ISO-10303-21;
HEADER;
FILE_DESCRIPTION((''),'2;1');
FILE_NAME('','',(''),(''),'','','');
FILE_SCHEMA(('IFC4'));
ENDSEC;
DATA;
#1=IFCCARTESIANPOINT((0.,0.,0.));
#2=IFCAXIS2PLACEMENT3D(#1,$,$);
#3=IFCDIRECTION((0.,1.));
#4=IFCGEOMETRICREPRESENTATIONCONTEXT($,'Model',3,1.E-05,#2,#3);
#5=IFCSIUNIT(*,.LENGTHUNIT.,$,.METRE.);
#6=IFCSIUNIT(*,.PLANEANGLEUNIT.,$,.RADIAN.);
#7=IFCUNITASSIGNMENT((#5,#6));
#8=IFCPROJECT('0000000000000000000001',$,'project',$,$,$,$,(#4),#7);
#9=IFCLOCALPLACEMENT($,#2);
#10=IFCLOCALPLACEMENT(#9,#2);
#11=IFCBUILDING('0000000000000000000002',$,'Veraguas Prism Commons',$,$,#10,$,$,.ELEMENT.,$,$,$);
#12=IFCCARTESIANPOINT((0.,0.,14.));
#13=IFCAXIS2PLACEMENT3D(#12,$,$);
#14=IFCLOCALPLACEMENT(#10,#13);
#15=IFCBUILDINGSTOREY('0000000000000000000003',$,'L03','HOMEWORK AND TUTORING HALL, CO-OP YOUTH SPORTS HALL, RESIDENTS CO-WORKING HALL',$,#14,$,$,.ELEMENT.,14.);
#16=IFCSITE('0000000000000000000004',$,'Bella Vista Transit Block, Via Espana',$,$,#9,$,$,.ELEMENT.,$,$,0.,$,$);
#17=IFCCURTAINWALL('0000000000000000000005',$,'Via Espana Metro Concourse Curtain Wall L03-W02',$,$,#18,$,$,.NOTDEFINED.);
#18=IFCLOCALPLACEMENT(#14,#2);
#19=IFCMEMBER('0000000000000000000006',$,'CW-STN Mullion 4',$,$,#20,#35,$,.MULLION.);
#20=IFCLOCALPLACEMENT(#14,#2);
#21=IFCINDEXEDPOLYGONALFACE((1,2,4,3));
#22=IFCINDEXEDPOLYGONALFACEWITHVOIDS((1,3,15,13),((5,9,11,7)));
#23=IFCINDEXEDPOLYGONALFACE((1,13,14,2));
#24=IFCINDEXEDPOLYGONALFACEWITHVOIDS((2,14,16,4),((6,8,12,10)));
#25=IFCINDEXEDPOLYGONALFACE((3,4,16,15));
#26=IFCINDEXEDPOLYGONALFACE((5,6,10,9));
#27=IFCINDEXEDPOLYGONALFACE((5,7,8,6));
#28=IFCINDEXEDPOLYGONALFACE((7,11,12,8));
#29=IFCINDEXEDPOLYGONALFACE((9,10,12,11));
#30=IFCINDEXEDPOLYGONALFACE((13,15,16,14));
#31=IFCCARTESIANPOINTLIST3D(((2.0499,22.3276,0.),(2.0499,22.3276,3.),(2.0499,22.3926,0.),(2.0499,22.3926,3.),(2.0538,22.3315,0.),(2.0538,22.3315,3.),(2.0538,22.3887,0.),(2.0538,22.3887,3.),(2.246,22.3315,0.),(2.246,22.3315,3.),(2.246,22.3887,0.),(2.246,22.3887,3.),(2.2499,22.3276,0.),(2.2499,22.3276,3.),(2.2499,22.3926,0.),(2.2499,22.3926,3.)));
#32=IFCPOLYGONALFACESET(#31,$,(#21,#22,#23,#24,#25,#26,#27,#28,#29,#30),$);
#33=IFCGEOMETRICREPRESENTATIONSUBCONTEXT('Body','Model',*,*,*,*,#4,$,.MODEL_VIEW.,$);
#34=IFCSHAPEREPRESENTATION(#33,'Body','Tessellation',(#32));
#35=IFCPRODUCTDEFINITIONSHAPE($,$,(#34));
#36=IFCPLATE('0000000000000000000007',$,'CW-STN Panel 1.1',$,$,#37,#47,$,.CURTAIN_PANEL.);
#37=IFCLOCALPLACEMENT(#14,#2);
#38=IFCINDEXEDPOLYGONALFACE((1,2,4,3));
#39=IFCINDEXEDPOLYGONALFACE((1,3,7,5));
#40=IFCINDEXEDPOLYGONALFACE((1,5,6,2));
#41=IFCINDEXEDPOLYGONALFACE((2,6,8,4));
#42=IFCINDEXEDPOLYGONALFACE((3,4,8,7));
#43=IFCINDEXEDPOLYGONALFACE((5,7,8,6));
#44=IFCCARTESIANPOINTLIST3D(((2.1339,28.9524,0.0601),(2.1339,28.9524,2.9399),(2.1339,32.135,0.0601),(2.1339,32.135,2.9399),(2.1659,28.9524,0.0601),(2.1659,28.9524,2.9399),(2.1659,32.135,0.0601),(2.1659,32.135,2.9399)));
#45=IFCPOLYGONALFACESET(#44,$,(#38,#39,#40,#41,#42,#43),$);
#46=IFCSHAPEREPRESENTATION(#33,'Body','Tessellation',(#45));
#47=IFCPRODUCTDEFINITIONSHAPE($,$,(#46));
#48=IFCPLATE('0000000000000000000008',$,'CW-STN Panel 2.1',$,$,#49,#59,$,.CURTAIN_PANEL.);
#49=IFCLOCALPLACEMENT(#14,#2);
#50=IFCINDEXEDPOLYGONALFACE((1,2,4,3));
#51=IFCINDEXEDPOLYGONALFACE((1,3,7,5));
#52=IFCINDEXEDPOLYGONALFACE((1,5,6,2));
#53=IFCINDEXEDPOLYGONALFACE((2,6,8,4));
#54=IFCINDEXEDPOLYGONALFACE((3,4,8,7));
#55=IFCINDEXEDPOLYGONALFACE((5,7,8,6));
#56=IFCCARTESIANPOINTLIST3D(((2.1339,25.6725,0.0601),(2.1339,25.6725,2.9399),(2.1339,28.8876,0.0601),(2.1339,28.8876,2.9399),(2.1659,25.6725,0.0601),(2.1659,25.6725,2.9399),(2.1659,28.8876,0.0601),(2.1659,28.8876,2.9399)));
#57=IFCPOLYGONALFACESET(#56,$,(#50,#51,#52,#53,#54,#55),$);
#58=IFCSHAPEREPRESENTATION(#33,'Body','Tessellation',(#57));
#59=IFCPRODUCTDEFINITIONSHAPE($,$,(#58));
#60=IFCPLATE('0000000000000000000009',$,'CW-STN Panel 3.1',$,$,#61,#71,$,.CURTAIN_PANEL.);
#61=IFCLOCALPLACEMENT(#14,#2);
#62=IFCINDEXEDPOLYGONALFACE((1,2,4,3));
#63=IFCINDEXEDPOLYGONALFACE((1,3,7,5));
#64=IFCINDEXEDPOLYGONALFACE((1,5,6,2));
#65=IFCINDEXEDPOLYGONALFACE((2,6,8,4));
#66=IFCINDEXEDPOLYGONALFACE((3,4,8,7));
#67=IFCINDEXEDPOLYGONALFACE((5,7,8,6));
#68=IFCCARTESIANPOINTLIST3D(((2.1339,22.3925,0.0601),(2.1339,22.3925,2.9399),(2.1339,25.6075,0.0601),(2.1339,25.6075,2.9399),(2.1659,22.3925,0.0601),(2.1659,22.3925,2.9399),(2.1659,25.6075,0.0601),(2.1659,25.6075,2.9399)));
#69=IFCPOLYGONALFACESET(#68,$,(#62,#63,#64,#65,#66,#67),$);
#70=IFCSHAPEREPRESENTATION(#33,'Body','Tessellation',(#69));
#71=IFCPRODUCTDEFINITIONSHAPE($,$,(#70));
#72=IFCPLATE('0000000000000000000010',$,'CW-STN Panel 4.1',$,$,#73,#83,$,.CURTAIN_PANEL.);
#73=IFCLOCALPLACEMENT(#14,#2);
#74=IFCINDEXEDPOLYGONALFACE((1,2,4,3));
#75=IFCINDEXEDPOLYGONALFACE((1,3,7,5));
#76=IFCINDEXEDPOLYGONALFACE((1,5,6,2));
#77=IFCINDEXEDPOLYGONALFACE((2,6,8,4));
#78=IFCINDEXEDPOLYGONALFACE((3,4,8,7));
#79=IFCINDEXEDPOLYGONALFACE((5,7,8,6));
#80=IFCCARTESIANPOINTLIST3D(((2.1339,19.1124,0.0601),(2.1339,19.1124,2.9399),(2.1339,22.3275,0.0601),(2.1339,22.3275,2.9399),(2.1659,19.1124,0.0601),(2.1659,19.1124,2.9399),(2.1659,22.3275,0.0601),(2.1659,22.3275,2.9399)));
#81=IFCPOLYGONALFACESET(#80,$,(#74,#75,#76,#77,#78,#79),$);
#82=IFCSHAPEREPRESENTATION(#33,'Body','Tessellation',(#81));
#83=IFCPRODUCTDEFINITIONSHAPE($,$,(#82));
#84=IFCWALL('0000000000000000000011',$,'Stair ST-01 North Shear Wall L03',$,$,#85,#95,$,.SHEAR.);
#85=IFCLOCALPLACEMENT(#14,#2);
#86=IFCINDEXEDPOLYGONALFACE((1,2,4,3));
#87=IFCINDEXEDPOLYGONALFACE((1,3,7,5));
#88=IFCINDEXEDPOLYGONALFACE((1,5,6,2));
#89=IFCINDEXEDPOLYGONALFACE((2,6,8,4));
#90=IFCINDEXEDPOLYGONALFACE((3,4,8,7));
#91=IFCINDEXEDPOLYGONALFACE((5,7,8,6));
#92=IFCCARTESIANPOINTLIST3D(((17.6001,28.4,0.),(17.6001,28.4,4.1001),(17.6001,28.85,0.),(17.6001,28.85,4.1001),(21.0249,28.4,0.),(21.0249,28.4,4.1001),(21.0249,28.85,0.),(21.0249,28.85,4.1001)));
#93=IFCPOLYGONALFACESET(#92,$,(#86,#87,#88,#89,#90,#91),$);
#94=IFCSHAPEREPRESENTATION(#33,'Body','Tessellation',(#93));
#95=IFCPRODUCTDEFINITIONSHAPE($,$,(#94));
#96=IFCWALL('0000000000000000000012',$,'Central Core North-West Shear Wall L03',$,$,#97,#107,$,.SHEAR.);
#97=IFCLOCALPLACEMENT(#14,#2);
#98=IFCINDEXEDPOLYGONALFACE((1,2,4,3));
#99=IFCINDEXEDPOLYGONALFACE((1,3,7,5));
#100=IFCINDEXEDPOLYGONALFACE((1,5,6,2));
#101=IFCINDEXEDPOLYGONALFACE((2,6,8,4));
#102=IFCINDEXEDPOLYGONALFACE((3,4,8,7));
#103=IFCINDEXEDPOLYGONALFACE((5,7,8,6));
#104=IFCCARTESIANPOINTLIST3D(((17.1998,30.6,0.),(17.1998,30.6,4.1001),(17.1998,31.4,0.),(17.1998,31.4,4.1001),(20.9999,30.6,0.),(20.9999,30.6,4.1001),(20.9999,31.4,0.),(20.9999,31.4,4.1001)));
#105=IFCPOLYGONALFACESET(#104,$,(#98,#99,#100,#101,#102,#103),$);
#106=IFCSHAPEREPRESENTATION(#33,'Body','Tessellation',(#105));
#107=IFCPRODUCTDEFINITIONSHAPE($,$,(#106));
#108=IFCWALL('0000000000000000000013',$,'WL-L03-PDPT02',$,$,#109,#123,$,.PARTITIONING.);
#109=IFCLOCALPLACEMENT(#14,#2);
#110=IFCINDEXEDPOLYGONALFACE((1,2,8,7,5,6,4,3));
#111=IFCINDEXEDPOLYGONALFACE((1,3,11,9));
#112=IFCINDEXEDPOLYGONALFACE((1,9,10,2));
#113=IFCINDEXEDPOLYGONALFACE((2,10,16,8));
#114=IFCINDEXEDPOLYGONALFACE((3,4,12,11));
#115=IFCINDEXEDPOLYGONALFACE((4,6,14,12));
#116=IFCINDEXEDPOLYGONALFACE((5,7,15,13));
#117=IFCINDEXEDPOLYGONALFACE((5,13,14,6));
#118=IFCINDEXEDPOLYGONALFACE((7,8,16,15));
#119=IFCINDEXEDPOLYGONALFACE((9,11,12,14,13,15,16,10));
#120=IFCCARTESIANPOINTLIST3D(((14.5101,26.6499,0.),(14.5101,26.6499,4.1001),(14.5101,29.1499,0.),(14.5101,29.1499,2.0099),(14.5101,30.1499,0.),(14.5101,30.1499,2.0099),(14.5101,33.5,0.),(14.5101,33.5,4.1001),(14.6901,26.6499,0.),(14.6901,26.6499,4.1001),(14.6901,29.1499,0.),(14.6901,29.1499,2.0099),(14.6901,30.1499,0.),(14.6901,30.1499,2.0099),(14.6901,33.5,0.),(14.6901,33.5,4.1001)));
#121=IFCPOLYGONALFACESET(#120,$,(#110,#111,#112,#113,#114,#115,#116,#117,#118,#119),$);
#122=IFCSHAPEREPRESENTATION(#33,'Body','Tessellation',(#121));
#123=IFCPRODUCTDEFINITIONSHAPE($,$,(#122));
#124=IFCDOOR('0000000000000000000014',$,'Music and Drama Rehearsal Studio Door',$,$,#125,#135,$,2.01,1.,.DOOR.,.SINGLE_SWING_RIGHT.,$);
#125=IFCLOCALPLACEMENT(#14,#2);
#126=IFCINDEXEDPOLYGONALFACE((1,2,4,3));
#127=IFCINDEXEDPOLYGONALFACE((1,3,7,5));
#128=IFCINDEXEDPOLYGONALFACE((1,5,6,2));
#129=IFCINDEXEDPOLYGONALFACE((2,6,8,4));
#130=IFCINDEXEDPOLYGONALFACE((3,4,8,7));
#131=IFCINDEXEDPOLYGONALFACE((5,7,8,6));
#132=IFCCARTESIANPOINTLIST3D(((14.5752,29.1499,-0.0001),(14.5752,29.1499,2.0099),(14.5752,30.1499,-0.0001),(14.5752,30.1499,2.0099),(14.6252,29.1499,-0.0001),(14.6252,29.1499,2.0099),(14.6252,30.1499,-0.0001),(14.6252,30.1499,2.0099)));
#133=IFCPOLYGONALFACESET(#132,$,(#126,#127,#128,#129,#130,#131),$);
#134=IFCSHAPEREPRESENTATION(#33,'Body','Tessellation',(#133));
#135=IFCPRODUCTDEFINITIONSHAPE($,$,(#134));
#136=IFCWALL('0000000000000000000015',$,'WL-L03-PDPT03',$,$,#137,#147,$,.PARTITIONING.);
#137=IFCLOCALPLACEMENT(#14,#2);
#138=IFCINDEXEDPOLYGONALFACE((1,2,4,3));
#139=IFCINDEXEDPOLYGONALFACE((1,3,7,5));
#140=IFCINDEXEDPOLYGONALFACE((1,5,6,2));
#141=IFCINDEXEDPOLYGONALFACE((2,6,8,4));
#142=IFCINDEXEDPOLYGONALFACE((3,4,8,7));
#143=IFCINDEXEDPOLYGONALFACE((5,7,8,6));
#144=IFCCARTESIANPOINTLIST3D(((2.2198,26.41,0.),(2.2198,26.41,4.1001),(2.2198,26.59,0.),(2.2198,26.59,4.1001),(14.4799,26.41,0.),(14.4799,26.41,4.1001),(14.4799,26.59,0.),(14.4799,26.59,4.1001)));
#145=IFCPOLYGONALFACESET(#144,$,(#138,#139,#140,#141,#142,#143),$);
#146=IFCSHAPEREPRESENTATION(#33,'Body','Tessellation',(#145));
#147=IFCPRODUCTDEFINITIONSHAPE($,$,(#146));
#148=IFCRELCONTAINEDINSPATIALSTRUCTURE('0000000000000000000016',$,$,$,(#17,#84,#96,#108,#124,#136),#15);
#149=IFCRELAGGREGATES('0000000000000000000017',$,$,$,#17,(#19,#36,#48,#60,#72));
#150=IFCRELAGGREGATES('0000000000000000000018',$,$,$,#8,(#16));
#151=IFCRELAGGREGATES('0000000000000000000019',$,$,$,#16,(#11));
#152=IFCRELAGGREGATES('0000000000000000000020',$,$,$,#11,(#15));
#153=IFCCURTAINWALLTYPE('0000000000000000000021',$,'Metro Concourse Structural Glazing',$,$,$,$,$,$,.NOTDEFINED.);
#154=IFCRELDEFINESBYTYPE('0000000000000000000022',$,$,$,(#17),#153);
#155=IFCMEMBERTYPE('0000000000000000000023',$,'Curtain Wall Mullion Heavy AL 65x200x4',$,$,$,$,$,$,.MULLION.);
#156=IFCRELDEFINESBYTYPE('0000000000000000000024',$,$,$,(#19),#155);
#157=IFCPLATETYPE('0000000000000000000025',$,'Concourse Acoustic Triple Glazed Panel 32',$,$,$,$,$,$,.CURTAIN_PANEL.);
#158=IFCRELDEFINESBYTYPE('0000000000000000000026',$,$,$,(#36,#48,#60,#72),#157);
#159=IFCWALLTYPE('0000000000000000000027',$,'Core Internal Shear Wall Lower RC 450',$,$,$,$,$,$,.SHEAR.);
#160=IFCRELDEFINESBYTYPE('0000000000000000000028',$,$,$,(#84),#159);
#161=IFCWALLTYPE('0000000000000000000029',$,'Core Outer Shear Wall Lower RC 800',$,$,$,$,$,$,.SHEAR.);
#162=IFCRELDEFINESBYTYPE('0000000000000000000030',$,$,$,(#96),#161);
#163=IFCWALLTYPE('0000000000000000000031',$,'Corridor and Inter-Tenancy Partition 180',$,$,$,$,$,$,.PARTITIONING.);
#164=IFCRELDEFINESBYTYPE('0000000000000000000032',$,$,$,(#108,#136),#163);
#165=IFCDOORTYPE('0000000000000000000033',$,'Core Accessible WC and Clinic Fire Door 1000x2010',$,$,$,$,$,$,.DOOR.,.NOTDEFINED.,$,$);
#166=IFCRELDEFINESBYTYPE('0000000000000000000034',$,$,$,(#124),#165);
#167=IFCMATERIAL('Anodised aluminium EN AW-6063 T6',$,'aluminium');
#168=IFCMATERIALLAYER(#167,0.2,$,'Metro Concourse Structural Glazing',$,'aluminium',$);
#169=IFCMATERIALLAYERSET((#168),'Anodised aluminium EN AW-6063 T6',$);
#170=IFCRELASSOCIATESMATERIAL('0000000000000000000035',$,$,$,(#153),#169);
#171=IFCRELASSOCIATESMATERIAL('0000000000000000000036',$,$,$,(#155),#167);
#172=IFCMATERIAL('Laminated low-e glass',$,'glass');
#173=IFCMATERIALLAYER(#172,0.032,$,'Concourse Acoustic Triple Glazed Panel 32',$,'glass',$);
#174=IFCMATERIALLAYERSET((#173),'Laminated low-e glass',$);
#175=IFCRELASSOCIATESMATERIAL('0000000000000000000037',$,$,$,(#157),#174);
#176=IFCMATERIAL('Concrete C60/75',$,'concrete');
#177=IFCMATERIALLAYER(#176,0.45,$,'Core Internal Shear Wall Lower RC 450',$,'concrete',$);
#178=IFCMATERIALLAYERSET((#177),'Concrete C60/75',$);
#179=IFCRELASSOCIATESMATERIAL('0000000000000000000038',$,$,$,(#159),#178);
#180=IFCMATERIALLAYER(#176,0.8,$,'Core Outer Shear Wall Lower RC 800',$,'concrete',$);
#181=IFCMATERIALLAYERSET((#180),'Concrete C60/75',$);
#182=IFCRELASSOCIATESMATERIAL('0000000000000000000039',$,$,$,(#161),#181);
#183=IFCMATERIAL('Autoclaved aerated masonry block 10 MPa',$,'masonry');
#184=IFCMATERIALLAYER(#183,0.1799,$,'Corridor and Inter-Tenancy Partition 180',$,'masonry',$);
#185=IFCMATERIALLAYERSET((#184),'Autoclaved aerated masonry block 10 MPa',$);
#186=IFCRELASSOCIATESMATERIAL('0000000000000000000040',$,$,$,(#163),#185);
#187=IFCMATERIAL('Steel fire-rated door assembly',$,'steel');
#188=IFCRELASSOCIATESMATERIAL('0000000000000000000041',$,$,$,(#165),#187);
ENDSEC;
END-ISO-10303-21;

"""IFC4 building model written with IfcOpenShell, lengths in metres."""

from ifc_helpers import new_model, si_unit, direction, frame, frame_2d, origin, origin_2d, place, context, subcontext, project, spatial, rectangle, hollow_rectangle, extrude, source, transform, mapped, material, layer, layer_set, material_profile, profile_set, type_object, element, fill, aggregate, save


model = new_model("IFC4")

# Units and contexts
model_context = context("Model", 3, precision=1e-05, world=origin(), true_north=direction((0.0, 1.0)))
body_context = subcontext(model_context, "Body", "Model", "MODEL_VIEW")
ifc_project = project(units=[si_unit("LENGTHUNIT", "METRE"), si_unit("PLANEANGLEUNIT", "RADIAN")], contexts=[model_context])

# Site, building, storey
site_placement = place(None, origin())
site = spatial("IfcSite", under=ifc_project, at=site_placement, Name="Bella Vista Transit Block, Via Espana", CompositionType="ELEMENT", RefElevation=0.0)
building_placement = place(site_placement, origin())
building = spatial("IfcBuilding", under=site, at=building_placement, Name="Veraguas Prism Commons", CompositionType="ELEMENT")
storey_placement = place(building_placement, frame((0.0, 0.0, 14.0)))
storey = spatial("IfcBuildingStorey", under=building, at=storey_placement, Name="L03", Description="HOMEWORK AND TUTORING HALL, CO-OP YOUTH SPORTS HALL, RESIDENTS CO-WORKING HALL", CompositionType="ELEMENT", Elevation=14.0)

# Shared definitions
ifc_material_1 = material(Name="Concrete C60/75", Category="concrete")

# Curtain wall, member, plates
ifc_material_2 = material(Name="Anodised aluminium EN AW-6063 T6", Category="aluminium")
ifc_layer_1 = layer(ifc_material_2, 0.2, Name="Metro Concourse Structural Glazing", Category="aluminium")
ifc_layer_set_1 = layer_set([ifc_layer_1], Name="Anodised aluminium EN AW-6063 T6")
curtain_wall_type = type_object("IfcCurtainWallType", Name="Metro Concourse Structural Glazing", PredefinedType="NOTDEFINED", material=ifc_layer_set_1)
curtain_wall_placement = place(storey_placement, origin())
curtain_wall = element("IfcCurtainWall", 1, at=curtain_wall_placement, inside=storey, type_object=curtain_wall_type, Name="Via Espana Metro Concourse Curtain Wall L03-W02", PredefinedType="NOTDEFINED")
ifc_material_profile_1 = material_profile(ifc_material_2, hollow_rectangle(XDim=0.0649, YDim=0.2, WallThickness=0.0039, at=origin_2d()), Name="AL65X200X4")
ifc_profile_set_1 = profile_set([ifc_material_profile_1], Name="Anodised aluminium EN AW-6063 T6")
member_type = type_object("IfcMemberType", Name="Curtain Wall Mullion Heavy AL 65x200x4", PredefinedType="MULLION", material=ifc_profile_set_1)
shared_shape_1 = source(origin(), body_context, "Body", "SweptSolid", [
    extrude(hollow_rectangle(XDim=0.0649, YDim=0.2, WallThickness=0.0039, at=origin_2d()), origin(), (0.0, 0.0, 1.0), 3.0),
])
member_1_placement = place(storey_placement, frame((2.1499, 22.3601, 0.0), z_axis=(0.0, 0.0, 1.0), x_axis=(0.0, -1.0, 0.0)))
member_1 = element("IfcMember", 2, at=member_1_placement, type_object=member_type, Name="CW-STN Mullion 4", PredefinedType="MULLION", context=body_context, shape_type="MappedRepresentation", body=[
    mapped(shared_shape_1, transform((0.0, 0.0, 0.0), scale=1.0)),
])
ifc_material_3 = material(Name="Laminated low-e glass", Category="glass")
ifc_layer_2 = layer(ifc_material_3, 0.032, Name="Concourse Acoustic Triple Glazed Panel 32", Category="glass")
ifc_layer_set_2 = layer_set([ifc_layer_2], Name="Laminated low-e glass")
plate_type = type_object("IfcPlateType", Name="Concourse Acoustic Triple Glazed Panel 32", PredefinedType="CURTAIN_PANEL", material=ifc_layer_set_2)
shared_shape_2 = source(origin(), body_context, "Body", "SweptSolid", [
    extrude(rectangle(XDim=3.1826, YDim=0.032, at=origin_2d()), origin(), (0.0, 0.0, 1.0), 2.8799),
])
plate_1_placement = place(storey_placement, frame((2.1499, 30.5437, 0.0601), z_axis=(0.0, 0.0, 1.0), x_axis=(0.0, -1.0, 0.0)))
plate_1 = element("IfcPlate", 3, at=plate_1_placement, type_object=plate_type, Name="CW-STN Panel 1.1", PredefinedType="CURTAIN_PANEL", context=body_context, shape_type="MappedRepresentation", body=[
    mapped(shared_shape_2, transform((0.0, 0.0, 0.0), scale=1.0)),
])
shared_shape_3 = source(origin(), body_context, "Body", "SweptSolid", [
    extrude(rectangle(XDim=3.2151, YDim=0.032, at=origin_2d()), origin(), (0.0, 0.0, 1.0), 2.8799),
])
plate_2_placement = place(storey_placement, frame((2.1499, 27.28, 0.0601), z_axis=(0.0, 0.0, 1.0), x_axis=(0.0, -1.0, 0.0)))
plate_2 = element("IfcPlate", 4, at=plate_2_placement, type_object=plate_type, Name="CW-STN Panel 2.1", PredefinedType="CURTAIN_PANEL", context=body_context, shape_type="MappedRepresentation", body=[
    mapped(shared_shape_3, transform((0.0, 0.0, 0.0), scale=1.0)),
])
plate_3_placement = place(storey_placement, frame((2.1499, 24.0, 0.0601), z_axis=(0.0, 0.0, 1.0), x_axis=(0.0, -1.0, 0.0)))
plate_3 = element("IfcPlate", 5, at=plate_3_placement, type_object=plate_type, Name="CW-STN Panel 3.1", PredefinedType="CURTAIN_PANEL", context=body_context, shape_type="MappedRepresentation", body=[
    mapped(shared_shape_3, transform((0.0, 0.0, 0.0), scale=1.0)),
])
plate_4_placement = place(storey_placement, frame((2.1499, 20.72, 0.0601), z_axis=(0.0, 0.0, 1.0), x_axis=(0.0, -1.0, 0.0)))
plate_4 = element("IfcPlate", 6, at=plate_4_placement, type_object=plate_type, Name="CW-STN Panel 4.1", PredefinedType="CURTAIN_PANEL", context=body_context, shape_type="MappedRepresentation", body=[
    mapped(shared_shape_3, transform((0.0, 0.0, 0.0), scale=1.0)),
])
aggregate(curtain_wall, [member_1, plate_1, plate_2, plate_3, plate_4])

# Walls
ifc_layer_3 = layer(ifc_material_1, 0.45, Name="Core Internal Shear Wall Lower RC 450", Category="concrete")
ifc_layer_set_3 = layer_set([ifc_layer_3], Name="Concrete C60/75")
wall_type_1 = type_object("IfcWallType", Name="Core Internal Shear Wall Lower RC 450", PredefinedType="SHEAR", material=ifc_layer_set_3)
wall_1_placement = place(storey_placement, frame((17.6001, 28.625, 0.0), z_axis=(0.0, 0.0, 1.0), x_axis=(1.0, 0.0, 0.0)))
element("IfcWall", 7, at=wall_1_placement, inside=storey, type_object=wall_type_1, Name="Stair ST-01 North Shear Wall L03", PredefinedType="SHEAR", context=body_context, shape_type="SweptSolid", body=[
    extrude(rectangle(XDim=3.4248, YDim=0.45, at=frame_2d((1.7124, 0.0))), origin(), (0.0, 0.0, 1.0), 4.1001),
])
ifc_layer_4 = layer(ifc_material_1, 0.8, Name="Core Outer Shear Wall Lower RC 800", Category="concrete")
ifc_layer_set_4 = layer_set([ifc_layer_4], Name="Concrete C60/75")
wall_type_2 = type_object("IfcWallType", Name="Core Outer Shear Wall Lower RC 800", PredefinedType="SHEAR", material=ifc_layer_set_4)
wall_2_placement = place(storey_placement, frame((17.2, 31.0, 0.0), z_axis=(0.0, 0.0, 1.0), x_axis=(1.0, 0.0, 0.0)))
element("IfcWall", 8, at=wall_2_placement, inside=storey, type_object=wall_type_2, Name="Central Core North-West Shear Wall L03", PredefinedType="SHEAR", context=body_context, shape_type="SweptSolid", body=[
    extrude(rectangle(XDim=3.8, YDim=0.8, at=frame_2d((1.8999, 0.0))), origin(), (0.0, 0.0, 1.0), 4.1001),
])

# Wall, opening, door
ifc_material_4 = material(Name="Autoclaved aerated masonry block 10 MPa", Category="masonry")
ifc_layer_5 = layer(ifc_material_4, 0.1799, Name="Corridor and Inter-Tenancy Partition 180", Category="masonry")
ifc_layer_set_5 = layer_set([ifc_layer_5], Name="Autoclaved aerated masonry block 10 MPa")
wall_type_3 = type_object("IfcWallType", Name="Corridor and Inter-Tenancy Partition 180", PredefinedType="PARTITIONING", material=ifc_layer_set_5)
wall_3_placement = place(storey_placement, frame((14.6001, 26.6499, 0.0), z_axis=(0.0, 0.0, 1.0), x_axis=(0.0, 1.0, 0.0)))
wall_3 = element("IfcWall", 9, at=wall_3_placement, inside=storey, type_object=wall_type_3, Name="WL-L03-PDPT02", PredefinedType="PARTITIONING", context=body_context, shape_type="SweptSolid", body=[
    extrude(rectangle(XDim=6.8501, YDim=0.1799, at=frame_2d((3.425, 0.0))), origin(), (0.0, 0.0, 1.0), 4.1001),
])
opening_placement = place(wall_3_placement, frame((2.5, 0.0, 0.0)))
opening = element("IfcOpeningElement", 10, at=opening_placement, cuts=wall_3, PredefinedType="OPENING", context=body_context, shape_type="SweptSolid", body=[
    extrude(rectangle(XDim=1.0, YDim=2.01, at=frame_2d((0.5, 1.0049))), frame((0.0, 0.0999, 0.0), z_axis=(0.0, -1.0, 0.0), x_axis=(1.0, 0.0, 0.0)), (0.0, 0.0, 1.0), 0.2),
])
ifc_material_5 = material(Name="Steel fire-rated door assembly", Category="steel")
door_type = type_object("IfcDoorType", Name="Core Accessible WC and Clinic Fire Door 1000x2010", OperationType="NOTDEFINED", PredefinedType="DOOR", material=ifc_material_5)
shared_shape_4 = source(origin(), body_context, "Body", "SweptSolid", [
    extrude(rectangle(XDim=1.0, YDim=2.01, at=frame_2d((0.5, 1.0049))), frame((0.0, 0.0249, 0.0), z_axis=(0.0, -1.0, 0.0), x_axis=(1.0, 0.0, 0.0)), (0.0, 0.0, 1.0), 0.05),
])
door_placement = place(opening_placement, origin())
door = element("IfcDoor", 11, at=door_placement, inside=storey, type_object=door_type, Name="Music and Drama Rehearsal Studio Door", OperationType="SINGLE_SWING_RIGHT", OverallHeight=2.01, OverallWidth=1.0, PredefinedType="DOOR", context=body_context, shape_type="MappedRepresentation", body=[
    mapped(shared_shape_4, transform((0.0, 0.0, 0.0), scale=1.0)),
])
fill(opening, door)

# Wall
wall_4_placement = place(storey_placement, frame((2.22, 26.5, 0.0), z_axis=(0.0, 0.0, 1.0), x_axis=(1.0, 0.0, 0.0)))
element("IfcWall", 12, at=wall_4_placement, inside=storey, type_object=wall_type_3, Name="WL-L03-PDPT03", PredefinedType="PARTITIONING", context=body_context, shape_type="SweptSolid", body=[
    extrude(rectangle(XDim=12.26, YDim=0.1799, at=frame_2d((6.1299, 0.0))), origin(), (0.0, 0.0, 1.0), 4.1001),
])

save(model, "model.ifc")
